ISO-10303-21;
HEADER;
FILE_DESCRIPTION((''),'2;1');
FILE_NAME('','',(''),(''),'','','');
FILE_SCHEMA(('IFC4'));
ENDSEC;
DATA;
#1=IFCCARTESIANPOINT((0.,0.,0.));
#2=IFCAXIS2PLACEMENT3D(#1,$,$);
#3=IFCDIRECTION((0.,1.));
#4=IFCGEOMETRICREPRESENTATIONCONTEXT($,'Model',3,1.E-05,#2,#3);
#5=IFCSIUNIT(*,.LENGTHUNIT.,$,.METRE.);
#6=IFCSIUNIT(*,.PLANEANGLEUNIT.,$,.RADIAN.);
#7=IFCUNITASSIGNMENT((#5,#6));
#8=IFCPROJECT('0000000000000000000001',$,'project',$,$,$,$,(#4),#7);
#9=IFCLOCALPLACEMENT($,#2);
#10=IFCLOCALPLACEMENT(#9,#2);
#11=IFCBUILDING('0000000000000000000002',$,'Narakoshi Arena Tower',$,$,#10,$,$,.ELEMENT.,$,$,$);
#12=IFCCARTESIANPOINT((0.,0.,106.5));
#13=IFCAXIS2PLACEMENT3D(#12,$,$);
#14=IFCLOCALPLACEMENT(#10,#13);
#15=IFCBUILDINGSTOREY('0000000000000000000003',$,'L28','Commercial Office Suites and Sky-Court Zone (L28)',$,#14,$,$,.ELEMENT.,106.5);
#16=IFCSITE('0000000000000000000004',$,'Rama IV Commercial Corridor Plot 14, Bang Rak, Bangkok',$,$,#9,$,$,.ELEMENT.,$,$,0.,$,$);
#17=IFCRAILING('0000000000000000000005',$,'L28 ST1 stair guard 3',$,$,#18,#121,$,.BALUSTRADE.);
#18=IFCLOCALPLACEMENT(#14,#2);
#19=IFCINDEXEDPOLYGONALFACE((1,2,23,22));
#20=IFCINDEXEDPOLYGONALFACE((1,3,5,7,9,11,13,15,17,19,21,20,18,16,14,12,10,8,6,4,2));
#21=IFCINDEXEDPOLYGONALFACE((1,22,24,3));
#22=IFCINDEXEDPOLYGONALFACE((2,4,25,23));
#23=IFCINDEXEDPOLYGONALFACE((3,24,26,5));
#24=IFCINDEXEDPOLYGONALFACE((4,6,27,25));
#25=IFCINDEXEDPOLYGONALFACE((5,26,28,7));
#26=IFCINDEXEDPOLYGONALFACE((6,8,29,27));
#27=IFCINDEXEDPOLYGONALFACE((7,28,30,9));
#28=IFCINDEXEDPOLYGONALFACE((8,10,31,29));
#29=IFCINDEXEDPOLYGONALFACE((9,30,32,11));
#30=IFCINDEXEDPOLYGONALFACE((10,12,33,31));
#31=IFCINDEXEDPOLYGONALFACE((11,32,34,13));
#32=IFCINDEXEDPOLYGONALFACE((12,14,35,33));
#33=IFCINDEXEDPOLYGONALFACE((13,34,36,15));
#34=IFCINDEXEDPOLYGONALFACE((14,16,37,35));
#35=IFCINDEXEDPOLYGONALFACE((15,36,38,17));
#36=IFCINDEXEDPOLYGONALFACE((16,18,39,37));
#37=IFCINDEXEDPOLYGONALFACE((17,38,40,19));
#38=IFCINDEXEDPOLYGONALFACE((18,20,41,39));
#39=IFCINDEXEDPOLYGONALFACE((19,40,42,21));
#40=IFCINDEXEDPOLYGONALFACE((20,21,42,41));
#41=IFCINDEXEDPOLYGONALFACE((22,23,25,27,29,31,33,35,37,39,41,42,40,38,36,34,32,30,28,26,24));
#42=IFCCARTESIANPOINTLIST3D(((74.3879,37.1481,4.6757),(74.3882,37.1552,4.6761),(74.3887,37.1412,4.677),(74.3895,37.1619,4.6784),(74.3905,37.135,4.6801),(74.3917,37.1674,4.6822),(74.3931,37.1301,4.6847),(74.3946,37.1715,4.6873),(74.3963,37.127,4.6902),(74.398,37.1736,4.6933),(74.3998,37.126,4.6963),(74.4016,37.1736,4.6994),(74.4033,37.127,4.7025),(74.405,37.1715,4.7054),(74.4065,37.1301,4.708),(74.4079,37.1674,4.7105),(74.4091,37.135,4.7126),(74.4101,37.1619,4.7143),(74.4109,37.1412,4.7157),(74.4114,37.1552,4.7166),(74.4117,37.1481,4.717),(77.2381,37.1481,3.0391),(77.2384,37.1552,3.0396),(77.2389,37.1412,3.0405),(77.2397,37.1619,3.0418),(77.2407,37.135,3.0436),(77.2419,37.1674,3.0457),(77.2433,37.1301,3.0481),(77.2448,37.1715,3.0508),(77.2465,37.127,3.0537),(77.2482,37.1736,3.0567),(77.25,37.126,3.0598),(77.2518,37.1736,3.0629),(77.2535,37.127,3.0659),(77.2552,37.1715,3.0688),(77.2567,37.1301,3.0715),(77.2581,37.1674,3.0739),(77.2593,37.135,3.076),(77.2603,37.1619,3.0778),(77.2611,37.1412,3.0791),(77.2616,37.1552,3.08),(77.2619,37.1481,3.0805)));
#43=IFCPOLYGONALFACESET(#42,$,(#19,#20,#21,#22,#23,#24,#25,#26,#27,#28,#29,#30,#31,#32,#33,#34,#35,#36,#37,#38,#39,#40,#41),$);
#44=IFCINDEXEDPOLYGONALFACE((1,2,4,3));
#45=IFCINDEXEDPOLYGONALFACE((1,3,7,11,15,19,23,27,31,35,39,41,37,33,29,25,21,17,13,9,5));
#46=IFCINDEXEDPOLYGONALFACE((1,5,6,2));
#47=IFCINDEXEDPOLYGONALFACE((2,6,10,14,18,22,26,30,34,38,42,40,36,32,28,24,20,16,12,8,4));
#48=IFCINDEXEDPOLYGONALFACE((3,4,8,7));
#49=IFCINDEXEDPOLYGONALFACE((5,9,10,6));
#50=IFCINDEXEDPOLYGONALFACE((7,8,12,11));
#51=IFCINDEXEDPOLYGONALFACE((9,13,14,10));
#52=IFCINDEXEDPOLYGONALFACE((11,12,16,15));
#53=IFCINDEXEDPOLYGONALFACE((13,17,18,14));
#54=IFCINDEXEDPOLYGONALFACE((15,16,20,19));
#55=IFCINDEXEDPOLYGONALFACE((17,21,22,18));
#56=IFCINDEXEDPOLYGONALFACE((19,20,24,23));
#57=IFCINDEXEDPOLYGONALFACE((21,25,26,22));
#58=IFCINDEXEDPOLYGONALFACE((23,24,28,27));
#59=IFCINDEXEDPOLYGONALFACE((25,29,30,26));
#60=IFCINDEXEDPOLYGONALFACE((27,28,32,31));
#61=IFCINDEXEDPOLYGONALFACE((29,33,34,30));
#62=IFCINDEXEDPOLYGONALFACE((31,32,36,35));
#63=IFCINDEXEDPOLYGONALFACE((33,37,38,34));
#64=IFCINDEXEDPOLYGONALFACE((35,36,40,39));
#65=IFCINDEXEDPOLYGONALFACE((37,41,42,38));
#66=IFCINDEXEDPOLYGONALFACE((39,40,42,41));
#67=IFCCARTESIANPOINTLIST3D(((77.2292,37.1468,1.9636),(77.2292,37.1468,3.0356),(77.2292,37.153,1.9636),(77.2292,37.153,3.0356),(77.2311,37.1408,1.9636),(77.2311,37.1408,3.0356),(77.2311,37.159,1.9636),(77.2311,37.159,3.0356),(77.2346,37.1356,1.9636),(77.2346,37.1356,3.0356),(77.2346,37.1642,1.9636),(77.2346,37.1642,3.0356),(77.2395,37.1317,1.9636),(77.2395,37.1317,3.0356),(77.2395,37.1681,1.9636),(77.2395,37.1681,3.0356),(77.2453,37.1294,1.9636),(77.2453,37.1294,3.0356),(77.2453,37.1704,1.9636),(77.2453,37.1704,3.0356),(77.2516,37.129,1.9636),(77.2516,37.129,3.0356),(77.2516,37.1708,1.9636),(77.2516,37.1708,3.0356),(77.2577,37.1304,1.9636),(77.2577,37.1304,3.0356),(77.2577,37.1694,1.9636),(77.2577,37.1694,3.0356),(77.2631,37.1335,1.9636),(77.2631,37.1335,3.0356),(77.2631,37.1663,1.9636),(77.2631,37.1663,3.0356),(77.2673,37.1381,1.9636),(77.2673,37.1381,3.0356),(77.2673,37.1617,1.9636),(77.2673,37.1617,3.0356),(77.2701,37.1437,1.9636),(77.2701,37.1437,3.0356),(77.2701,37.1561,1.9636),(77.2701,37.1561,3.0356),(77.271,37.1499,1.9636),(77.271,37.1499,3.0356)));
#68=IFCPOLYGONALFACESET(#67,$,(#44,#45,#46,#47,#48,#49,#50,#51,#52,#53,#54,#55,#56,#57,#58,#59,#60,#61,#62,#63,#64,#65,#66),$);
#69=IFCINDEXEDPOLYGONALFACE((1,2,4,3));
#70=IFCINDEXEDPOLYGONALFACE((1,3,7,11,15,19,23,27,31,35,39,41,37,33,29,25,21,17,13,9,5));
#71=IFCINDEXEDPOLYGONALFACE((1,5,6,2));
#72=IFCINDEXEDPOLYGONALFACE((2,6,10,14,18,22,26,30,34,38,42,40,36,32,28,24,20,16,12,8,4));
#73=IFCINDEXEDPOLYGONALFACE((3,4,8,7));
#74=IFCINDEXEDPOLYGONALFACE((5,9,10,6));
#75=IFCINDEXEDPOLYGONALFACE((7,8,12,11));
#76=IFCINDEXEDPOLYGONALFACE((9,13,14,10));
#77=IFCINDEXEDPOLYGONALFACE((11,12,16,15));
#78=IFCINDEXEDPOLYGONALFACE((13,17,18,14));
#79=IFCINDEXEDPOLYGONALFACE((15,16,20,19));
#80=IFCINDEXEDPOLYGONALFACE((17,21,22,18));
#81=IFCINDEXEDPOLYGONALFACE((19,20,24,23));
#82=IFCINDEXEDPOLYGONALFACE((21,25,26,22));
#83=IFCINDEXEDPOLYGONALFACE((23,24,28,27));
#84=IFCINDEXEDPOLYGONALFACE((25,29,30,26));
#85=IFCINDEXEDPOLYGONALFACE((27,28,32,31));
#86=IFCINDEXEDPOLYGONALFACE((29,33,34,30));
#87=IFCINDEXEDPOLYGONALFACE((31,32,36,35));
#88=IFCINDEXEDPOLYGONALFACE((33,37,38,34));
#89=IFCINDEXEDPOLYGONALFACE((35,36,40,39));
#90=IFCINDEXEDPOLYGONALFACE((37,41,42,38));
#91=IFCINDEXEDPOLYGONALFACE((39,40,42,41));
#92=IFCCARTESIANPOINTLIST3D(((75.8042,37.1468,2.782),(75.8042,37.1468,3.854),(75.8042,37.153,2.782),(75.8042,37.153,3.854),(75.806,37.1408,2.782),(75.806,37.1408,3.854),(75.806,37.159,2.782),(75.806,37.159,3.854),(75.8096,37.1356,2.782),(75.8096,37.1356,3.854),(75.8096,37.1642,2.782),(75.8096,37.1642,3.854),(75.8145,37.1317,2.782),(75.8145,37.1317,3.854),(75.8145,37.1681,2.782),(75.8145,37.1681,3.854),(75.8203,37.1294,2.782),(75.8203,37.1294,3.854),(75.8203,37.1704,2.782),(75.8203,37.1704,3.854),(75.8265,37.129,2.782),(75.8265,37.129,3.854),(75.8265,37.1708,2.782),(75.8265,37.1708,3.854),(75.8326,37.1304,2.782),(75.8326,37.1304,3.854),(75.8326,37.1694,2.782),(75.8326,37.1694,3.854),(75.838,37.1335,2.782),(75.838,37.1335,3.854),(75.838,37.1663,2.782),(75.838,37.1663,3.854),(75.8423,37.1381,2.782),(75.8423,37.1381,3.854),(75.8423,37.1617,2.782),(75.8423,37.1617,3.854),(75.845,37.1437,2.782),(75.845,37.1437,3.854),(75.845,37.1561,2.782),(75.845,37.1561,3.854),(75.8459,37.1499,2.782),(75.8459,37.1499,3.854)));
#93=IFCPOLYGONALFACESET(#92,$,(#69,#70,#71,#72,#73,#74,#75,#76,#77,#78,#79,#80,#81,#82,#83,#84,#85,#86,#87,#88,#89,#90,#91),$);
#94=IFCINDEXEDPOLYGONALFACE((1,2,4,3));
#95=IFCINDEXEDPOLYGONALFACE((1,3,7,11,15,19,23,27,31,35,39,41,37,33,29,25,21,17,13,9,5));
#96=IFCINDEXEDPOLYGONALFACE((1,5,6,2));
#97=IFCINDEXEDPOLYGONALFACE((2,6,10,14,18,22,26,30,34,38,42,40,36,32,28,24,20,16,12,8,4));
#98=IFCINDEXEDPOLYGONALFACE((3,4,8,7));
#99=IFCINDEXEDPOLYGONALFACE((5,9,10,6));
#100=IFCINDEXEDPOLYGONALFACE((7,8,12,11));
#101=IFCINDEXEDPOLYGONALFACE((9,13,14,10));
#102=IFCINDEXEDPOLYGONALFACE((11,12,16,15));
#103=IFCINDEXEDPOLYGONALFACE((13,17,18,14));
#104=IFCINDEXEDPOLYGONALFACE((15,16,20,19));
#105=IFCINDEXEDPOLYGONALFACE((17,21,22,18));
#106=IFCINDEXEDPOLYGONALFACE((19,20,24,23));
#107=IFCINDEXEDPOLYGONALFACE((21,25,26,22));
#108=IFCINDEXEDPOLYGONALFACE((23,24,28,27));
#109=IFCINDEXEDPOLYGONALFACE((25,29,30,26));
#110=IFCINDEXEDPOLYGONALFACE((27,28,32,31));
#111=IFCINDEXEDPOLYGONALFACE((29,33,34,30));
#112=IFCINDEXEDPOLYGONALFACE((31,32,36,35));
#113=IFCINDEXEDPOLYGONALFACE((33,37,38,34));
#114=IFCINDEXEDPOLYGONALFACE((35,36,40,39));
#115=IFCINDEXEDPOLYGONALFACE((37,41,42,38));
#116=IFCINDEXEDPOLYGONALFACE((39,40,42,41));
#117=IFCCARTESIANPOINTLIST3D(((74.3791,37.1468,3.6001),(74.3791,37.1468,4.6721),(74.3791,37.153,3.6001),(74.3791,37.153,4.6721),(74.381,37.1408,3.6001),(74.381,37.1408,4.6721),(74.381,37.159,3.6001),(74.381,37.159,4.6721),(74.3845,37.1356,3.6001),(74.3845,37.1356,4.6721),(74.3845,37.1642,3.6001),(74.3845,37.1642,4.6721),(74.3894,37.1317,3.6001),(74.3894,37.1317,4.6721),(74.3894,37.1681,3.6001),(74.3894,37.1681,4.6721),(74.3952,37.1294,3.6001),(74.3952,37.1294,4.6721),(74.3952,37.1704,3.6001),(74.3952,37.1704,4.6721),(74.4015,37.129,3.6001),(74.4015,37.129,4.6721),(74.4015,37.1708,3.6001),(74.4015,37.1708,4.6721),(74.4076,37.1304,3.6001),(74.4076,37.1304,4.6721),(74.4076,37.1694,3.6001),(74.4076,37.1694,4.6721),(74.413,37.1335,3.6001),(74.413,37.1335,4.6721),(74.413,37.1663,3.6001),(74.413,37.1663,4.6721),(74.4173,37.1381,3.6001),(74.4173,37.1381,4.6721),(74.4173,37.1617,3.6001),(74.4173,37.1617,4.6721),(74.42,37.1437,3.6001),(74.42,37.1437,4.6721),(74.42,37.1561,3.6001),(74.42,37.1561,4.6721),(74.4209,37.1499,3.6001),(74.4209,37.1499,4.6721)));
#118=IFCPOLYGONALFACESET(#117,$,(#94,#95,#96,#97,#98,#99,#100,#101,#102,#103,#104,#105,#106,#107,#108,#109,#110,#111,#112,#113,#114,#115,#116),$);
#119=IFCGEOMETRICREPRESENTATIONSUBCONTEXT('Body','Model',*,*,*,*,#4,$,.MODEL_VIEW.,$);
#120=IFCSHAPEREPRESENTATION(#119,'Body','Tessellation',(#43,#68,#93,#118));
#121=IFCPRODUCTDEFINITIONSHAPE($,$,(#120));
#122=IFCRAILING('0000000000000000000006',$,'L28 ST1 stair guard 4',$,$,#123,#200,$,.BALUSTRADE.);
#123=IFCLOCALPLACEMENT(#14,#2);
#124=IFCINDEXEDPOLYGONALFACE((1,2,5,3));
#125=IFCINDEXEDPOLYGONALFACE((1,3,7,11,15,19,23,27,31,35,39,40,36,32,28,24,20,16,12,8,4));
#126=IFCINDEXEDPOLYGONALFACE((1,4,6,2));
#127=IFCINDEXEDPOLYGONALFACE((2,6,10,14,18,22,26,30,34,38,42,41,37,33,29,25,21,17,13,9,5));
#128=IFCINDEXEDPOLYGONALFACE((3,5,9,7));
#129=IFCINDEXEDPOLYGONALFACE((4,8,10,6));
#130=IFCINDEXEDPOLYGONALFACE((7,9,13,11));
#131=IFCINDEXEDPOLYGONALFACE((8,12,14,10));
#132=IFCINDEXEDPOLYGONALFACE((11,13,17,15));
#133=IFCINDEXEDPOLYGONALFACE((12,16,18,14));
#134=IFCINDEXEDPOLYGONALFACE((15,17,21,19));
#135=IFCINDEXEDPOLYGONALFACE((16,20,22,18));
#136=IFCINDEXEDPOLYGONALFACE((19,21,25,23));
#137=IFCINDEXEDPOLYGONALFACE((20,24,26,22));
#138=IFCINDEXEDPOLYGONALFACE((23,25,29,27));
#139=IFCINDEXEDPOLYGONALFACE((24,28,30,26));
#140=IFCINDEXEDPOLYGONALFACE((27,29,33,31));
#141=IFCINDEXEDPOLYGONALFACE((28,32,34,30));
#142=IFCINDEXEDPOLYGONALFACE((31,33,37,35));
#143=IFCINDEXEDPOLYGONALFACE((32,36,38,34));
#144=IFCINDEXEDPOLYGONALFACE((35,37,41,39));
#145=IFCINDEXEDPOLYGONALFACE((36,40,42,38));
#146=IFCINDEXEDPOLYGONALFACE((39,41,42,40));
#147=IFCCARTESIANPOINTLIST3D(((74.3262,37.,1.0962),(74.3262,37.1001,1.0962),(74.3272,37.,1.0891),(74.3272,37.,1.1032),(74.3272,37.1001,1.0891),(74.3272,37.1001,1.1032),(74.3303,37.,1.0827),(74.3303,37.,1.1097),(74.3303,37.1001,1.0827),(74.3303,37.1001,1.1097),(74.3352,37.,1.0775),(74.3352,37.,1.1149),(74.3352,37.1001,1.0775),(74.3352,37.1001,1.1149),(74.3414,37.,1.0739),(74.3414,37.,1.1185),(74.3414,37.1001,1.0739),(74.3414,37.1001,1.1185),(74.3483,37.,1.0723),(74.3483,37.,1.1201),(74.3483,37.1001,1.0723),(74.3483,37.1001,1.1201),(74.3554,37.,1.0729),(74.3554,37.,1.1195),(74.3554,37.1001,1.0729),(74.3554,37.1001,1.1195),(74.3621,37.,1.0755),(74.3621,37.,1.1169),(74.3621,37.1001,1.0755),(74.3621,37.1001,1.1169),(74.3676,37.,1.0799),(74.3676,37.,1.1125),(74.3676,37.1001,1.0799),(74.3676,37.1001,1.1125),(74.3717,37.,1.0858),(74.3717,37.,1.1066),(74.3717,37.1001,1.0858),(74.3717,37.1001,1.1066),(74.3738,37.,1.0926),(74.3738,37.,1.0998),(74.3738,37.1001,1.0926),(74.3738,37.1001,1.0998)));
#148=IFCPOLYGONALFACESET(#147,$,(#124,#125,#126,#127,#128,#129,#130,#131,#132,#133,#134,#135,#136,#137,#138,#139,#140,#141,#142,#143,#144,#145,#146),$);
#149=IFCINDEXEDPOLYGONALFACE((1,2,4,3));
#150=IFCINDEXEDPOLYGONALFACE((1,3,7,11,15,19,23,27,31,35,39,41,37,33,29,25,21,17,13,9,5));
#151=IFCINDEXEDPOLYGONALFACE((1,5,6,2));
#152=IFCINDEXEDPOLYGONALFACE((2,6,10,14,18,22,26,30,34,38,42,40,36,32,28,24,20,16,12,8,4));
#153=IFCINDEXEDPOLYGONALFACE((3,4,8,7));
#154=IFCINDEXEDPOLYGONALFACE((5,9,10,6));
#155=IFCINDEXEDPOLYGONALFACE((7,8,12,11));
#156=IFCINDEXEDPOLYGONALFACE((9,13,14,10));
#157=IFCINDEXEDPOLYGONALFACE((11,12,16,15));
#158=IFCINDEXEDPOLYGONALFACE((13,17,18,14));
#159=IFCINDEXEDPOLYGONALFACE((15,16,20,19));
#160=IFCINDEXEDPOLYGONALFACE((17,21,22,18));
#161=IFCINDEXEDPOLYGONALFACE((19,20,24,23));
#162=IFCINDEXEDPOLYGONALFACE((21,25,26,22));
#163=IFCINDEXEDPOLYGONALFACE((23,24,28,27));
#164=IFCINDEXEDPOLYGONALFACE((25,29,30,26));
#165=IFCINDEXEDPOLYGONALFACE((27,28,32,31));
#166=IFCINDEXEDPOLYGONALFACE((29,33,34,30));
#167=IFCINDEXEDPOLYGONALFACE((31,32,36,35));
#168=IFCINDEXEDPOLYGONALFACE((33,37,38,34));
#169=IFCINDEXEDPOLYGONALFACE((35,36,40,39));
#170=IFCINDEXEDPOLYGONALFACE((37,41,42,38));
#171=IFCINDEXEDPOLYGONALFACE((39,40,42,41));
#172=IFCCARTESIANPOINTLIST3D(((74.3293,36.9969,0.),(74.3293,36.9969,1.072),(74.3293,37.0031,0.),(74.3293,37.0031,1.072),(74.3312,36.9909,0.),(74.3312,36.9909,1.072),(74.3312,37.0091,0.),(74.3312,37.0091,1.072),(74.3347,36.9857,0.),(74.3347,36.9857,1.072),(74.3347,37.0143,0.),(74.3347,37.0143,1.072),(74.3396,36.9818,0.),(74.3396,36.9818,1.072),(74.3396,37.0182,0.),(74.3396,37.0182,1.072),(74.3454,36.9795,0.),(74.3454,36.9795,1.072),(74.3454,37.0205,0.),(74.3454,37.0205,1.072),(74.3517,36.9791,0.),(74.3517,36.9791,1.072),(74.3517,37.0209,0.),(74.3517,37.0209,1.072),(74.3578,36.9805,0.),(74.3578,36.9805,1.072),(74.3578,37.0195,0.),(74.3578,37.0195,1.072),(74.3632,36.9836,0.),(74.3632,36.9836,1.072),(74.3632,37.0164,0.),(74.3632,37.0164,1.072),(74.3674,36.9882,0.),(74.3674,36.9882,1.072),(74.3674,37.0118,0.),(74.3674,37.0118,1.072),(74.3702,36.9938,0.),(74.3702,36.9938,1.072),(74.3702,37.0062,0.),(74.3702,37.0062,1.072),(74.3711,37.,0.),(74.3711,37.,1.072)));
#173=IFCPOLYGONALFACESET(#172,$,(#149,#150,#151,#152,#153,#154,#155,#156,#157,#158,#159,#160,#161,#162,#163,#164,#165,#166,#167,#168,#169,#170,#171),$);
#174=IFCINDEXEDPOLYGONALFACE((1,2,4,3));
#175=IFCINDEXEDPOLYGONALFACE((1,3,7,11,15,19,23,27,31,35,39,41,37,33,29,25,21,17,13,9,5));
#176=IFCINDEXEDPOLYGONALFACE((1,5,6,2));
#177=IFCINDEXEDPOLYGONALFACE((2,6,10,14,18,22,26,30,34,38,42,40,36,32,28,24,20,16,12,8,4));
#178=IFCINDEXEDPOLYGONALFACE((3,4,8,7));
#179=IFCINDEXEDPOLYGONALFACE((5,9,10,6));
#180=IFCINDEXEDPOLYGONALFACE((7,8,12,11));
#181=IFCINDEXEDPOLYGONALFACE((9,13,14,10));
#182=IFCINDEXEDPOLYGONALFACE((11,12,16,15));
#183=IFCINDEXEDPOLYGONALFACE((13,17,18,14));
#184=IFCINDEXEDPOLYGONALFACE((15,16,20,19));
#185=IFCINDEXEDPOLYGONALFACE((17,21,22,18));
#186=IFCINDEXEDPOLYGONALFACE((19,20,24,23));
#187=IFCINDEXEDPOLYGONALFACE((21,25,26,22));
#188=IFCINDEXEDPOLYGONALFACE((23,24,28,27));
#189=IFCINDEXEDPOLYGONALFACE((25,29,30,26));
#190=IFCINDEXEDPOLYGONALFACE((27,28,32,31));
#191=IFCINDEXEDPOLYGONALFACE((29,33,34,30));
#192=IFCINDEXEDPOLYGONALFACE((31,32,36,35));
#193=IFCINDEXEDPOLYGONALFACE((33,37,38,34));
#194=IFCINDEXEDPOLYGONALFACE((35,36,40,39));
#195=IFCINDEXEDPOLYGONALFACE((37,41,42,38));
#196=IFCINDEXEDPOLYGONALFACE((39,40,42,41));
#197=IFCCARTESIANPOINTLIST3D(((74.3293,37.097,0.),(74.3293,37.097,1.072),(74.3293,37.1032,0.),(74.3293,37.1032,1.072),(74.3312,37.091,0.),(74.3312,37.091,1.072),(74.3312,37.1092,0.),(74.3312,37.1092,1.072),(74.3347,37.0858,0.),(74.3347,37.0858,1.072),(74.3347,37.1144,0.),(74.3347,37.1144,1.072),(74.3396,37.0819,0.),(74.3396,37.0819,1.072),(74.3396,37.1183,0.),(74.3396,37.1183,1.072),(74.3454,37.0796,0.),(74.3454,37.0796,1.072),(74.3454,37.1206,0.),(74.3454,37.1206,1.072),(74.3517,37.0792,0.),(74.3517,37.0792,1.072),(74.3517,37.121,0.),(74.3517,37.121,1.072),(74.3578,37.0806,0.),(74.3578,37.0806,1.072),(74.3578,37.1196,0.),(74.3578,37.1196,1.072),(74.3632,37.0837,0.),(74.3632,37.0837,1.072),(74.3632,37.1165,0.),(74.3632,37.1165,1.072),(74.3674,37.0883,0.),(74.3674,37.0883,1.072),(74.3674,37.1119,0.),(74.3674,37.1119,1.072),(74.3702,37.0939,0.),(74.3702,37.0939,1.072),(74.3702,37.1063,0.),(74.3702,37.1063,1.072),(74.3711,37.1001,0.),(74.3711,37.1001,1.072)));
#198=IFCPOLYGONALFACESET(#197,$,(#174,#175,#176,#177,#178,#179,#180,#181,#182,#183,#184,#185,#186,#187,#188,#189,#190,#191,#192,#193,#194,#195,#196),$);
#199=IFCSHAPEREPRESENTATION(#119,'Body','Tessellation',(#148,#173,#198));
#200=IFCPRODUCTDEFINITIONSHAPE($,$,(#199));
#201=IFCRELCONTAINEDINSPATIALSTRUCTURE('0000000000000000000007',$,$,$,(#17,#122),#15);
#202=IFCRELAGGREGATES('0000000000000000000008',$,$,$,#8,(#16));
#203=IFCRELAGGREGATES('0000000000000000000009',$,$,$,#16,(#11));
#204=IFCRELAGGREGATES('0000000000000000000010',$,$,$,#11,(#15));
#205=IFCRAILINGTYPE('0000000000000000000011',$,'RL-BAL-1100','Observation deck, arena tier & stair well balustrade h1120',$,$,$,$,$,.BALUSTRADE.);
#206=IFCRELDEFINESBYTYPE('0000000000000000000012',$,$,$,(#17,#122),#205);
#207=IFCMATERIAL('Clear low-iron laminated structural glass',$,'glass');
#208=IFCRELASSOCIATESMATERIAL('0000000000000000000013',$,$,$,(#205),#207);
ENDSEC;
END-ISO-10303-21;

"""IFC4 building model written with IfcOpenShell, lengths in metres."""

from ifc_helpers import new_model, si_unit, direction, frame, origin, origin_2d, place, context, subcontext, project, spatial, circle, extrude, material, type_object, element, save


model = new_model("IFC4")

# Units and contexts
model_context = context("Model", 3, precision=1e-05, world=origin(), true_north=direction((0.0, 1.0)))
body_context = subcontext(model_context, "Body", "Model", "MODEL_VIEW")
ifc_project = project(units=[si_unit("LENGTHUNIT", "METRE"), si_unit("PLANEANGLEUNIT", "RADIAN")], contexts=[model_context])

# Site, building, storey
site_placement = place(None, origin())
site = spatial("IfcSite", under=ifc_project, at=site_placement, Name="Rama IV Commercial Corridor Plot 14, Bang Rak, Bangkok", CompositionType="ELEMENT", RefElevation=0.0)
building_placement = place(site_placement, origin())
building = spatial("IfcBuilding", under=site, at=building_placement, Name="Narakoshi Arena Tower", CompositionType="ELEMENT")
storey_placement = place(building_placement, frame((0.0, 0.0, 106.5)))
storey = spatial("IfcBuildingStorey", under=building, at=storey_placement, Name="L28", Description="Commercial Office Suites and Sky-Court Zone (L28)", CompositionType="ELEMENT", Elevation=106.5)

# Railings
ifc_material_1 = material(Name="Clear low-iron laminated structural glass", Category="glass")
railing_type_1 = type_object("IfcRailingType", Name="RL-BAL-1100", Description="Observation deck, arena tier & stair well balustrade h1120", PredefinedType="BALUSTRADE", material=ifc_material_1)
railing_1_placement = place(storey_placement, frame((77.25, 37.1499, 1.9636)))
element("IfcRailing", 1, at=railing_1_placement, inside=storey, type_object=railing_type_1, Name="L28 ST1 stair guard 3", PredefinedType="BALUSTRADE", context=body_context, shape_type="SweptSolid", body=[
    extrude(circle(Radius=0.0239, at=origin_2d()), frame((0.0, 0.0, 1.0962), z_axis=(-0.867213, 0.0, 0.497938), x_axis=(0.0, -1.0, 0.0)), (0.0, 0.0, 1.0), 3.2866),
    extrude(circle(Radius=0.021, at=origin_2d()), origin(), (0.0, 0.0, 1.0), 1.072),
    extrude(circle(Radius=0.021, at=origin_2d()), frame((-1.425, 0.0, 0.8184)), (0.0, 0.0, 1.0), 1.072),
    extrude(circle(Radius=0.021, at=origin_2d()), frame((-2.8501, 0.0, 1.6365)), (0.0, 0.0, 1.0), 1.072),
])
railing_2_placement = place(storey_placement, frame((74.3501, 37.0, 0.0)))
element("IfcRailing", 2, at=railing_2_placement, inside=storey, type_object=railing_type_1, Name="L28 ST1 stair guard 4", PredefinedType="BALUSTRADE", context=body_context, shape_type="SweptSolid", body=[
    extrude(circle(Radius=0.0239, at=origin_2d()), frame((0.0, 0.0, 1.0962), z_axis=(0.0, 1.0, 0.0), x_axis=(-1.0, 0.0, 0.0)), (0.0, 0.0, 1.0), 0.1001),
    extrude(circle(Radius=0.021, at=origin_2d()), origin(), (0.0, 0.0, 1.0), 1.072),
    extrude(circle(Radius=0.021, at=origin_2d()), frame((0.0, 0.1001, 0.0)), (0.0, 0.0, 1.0), 1.072),
])

save(model, "model.ifc")
